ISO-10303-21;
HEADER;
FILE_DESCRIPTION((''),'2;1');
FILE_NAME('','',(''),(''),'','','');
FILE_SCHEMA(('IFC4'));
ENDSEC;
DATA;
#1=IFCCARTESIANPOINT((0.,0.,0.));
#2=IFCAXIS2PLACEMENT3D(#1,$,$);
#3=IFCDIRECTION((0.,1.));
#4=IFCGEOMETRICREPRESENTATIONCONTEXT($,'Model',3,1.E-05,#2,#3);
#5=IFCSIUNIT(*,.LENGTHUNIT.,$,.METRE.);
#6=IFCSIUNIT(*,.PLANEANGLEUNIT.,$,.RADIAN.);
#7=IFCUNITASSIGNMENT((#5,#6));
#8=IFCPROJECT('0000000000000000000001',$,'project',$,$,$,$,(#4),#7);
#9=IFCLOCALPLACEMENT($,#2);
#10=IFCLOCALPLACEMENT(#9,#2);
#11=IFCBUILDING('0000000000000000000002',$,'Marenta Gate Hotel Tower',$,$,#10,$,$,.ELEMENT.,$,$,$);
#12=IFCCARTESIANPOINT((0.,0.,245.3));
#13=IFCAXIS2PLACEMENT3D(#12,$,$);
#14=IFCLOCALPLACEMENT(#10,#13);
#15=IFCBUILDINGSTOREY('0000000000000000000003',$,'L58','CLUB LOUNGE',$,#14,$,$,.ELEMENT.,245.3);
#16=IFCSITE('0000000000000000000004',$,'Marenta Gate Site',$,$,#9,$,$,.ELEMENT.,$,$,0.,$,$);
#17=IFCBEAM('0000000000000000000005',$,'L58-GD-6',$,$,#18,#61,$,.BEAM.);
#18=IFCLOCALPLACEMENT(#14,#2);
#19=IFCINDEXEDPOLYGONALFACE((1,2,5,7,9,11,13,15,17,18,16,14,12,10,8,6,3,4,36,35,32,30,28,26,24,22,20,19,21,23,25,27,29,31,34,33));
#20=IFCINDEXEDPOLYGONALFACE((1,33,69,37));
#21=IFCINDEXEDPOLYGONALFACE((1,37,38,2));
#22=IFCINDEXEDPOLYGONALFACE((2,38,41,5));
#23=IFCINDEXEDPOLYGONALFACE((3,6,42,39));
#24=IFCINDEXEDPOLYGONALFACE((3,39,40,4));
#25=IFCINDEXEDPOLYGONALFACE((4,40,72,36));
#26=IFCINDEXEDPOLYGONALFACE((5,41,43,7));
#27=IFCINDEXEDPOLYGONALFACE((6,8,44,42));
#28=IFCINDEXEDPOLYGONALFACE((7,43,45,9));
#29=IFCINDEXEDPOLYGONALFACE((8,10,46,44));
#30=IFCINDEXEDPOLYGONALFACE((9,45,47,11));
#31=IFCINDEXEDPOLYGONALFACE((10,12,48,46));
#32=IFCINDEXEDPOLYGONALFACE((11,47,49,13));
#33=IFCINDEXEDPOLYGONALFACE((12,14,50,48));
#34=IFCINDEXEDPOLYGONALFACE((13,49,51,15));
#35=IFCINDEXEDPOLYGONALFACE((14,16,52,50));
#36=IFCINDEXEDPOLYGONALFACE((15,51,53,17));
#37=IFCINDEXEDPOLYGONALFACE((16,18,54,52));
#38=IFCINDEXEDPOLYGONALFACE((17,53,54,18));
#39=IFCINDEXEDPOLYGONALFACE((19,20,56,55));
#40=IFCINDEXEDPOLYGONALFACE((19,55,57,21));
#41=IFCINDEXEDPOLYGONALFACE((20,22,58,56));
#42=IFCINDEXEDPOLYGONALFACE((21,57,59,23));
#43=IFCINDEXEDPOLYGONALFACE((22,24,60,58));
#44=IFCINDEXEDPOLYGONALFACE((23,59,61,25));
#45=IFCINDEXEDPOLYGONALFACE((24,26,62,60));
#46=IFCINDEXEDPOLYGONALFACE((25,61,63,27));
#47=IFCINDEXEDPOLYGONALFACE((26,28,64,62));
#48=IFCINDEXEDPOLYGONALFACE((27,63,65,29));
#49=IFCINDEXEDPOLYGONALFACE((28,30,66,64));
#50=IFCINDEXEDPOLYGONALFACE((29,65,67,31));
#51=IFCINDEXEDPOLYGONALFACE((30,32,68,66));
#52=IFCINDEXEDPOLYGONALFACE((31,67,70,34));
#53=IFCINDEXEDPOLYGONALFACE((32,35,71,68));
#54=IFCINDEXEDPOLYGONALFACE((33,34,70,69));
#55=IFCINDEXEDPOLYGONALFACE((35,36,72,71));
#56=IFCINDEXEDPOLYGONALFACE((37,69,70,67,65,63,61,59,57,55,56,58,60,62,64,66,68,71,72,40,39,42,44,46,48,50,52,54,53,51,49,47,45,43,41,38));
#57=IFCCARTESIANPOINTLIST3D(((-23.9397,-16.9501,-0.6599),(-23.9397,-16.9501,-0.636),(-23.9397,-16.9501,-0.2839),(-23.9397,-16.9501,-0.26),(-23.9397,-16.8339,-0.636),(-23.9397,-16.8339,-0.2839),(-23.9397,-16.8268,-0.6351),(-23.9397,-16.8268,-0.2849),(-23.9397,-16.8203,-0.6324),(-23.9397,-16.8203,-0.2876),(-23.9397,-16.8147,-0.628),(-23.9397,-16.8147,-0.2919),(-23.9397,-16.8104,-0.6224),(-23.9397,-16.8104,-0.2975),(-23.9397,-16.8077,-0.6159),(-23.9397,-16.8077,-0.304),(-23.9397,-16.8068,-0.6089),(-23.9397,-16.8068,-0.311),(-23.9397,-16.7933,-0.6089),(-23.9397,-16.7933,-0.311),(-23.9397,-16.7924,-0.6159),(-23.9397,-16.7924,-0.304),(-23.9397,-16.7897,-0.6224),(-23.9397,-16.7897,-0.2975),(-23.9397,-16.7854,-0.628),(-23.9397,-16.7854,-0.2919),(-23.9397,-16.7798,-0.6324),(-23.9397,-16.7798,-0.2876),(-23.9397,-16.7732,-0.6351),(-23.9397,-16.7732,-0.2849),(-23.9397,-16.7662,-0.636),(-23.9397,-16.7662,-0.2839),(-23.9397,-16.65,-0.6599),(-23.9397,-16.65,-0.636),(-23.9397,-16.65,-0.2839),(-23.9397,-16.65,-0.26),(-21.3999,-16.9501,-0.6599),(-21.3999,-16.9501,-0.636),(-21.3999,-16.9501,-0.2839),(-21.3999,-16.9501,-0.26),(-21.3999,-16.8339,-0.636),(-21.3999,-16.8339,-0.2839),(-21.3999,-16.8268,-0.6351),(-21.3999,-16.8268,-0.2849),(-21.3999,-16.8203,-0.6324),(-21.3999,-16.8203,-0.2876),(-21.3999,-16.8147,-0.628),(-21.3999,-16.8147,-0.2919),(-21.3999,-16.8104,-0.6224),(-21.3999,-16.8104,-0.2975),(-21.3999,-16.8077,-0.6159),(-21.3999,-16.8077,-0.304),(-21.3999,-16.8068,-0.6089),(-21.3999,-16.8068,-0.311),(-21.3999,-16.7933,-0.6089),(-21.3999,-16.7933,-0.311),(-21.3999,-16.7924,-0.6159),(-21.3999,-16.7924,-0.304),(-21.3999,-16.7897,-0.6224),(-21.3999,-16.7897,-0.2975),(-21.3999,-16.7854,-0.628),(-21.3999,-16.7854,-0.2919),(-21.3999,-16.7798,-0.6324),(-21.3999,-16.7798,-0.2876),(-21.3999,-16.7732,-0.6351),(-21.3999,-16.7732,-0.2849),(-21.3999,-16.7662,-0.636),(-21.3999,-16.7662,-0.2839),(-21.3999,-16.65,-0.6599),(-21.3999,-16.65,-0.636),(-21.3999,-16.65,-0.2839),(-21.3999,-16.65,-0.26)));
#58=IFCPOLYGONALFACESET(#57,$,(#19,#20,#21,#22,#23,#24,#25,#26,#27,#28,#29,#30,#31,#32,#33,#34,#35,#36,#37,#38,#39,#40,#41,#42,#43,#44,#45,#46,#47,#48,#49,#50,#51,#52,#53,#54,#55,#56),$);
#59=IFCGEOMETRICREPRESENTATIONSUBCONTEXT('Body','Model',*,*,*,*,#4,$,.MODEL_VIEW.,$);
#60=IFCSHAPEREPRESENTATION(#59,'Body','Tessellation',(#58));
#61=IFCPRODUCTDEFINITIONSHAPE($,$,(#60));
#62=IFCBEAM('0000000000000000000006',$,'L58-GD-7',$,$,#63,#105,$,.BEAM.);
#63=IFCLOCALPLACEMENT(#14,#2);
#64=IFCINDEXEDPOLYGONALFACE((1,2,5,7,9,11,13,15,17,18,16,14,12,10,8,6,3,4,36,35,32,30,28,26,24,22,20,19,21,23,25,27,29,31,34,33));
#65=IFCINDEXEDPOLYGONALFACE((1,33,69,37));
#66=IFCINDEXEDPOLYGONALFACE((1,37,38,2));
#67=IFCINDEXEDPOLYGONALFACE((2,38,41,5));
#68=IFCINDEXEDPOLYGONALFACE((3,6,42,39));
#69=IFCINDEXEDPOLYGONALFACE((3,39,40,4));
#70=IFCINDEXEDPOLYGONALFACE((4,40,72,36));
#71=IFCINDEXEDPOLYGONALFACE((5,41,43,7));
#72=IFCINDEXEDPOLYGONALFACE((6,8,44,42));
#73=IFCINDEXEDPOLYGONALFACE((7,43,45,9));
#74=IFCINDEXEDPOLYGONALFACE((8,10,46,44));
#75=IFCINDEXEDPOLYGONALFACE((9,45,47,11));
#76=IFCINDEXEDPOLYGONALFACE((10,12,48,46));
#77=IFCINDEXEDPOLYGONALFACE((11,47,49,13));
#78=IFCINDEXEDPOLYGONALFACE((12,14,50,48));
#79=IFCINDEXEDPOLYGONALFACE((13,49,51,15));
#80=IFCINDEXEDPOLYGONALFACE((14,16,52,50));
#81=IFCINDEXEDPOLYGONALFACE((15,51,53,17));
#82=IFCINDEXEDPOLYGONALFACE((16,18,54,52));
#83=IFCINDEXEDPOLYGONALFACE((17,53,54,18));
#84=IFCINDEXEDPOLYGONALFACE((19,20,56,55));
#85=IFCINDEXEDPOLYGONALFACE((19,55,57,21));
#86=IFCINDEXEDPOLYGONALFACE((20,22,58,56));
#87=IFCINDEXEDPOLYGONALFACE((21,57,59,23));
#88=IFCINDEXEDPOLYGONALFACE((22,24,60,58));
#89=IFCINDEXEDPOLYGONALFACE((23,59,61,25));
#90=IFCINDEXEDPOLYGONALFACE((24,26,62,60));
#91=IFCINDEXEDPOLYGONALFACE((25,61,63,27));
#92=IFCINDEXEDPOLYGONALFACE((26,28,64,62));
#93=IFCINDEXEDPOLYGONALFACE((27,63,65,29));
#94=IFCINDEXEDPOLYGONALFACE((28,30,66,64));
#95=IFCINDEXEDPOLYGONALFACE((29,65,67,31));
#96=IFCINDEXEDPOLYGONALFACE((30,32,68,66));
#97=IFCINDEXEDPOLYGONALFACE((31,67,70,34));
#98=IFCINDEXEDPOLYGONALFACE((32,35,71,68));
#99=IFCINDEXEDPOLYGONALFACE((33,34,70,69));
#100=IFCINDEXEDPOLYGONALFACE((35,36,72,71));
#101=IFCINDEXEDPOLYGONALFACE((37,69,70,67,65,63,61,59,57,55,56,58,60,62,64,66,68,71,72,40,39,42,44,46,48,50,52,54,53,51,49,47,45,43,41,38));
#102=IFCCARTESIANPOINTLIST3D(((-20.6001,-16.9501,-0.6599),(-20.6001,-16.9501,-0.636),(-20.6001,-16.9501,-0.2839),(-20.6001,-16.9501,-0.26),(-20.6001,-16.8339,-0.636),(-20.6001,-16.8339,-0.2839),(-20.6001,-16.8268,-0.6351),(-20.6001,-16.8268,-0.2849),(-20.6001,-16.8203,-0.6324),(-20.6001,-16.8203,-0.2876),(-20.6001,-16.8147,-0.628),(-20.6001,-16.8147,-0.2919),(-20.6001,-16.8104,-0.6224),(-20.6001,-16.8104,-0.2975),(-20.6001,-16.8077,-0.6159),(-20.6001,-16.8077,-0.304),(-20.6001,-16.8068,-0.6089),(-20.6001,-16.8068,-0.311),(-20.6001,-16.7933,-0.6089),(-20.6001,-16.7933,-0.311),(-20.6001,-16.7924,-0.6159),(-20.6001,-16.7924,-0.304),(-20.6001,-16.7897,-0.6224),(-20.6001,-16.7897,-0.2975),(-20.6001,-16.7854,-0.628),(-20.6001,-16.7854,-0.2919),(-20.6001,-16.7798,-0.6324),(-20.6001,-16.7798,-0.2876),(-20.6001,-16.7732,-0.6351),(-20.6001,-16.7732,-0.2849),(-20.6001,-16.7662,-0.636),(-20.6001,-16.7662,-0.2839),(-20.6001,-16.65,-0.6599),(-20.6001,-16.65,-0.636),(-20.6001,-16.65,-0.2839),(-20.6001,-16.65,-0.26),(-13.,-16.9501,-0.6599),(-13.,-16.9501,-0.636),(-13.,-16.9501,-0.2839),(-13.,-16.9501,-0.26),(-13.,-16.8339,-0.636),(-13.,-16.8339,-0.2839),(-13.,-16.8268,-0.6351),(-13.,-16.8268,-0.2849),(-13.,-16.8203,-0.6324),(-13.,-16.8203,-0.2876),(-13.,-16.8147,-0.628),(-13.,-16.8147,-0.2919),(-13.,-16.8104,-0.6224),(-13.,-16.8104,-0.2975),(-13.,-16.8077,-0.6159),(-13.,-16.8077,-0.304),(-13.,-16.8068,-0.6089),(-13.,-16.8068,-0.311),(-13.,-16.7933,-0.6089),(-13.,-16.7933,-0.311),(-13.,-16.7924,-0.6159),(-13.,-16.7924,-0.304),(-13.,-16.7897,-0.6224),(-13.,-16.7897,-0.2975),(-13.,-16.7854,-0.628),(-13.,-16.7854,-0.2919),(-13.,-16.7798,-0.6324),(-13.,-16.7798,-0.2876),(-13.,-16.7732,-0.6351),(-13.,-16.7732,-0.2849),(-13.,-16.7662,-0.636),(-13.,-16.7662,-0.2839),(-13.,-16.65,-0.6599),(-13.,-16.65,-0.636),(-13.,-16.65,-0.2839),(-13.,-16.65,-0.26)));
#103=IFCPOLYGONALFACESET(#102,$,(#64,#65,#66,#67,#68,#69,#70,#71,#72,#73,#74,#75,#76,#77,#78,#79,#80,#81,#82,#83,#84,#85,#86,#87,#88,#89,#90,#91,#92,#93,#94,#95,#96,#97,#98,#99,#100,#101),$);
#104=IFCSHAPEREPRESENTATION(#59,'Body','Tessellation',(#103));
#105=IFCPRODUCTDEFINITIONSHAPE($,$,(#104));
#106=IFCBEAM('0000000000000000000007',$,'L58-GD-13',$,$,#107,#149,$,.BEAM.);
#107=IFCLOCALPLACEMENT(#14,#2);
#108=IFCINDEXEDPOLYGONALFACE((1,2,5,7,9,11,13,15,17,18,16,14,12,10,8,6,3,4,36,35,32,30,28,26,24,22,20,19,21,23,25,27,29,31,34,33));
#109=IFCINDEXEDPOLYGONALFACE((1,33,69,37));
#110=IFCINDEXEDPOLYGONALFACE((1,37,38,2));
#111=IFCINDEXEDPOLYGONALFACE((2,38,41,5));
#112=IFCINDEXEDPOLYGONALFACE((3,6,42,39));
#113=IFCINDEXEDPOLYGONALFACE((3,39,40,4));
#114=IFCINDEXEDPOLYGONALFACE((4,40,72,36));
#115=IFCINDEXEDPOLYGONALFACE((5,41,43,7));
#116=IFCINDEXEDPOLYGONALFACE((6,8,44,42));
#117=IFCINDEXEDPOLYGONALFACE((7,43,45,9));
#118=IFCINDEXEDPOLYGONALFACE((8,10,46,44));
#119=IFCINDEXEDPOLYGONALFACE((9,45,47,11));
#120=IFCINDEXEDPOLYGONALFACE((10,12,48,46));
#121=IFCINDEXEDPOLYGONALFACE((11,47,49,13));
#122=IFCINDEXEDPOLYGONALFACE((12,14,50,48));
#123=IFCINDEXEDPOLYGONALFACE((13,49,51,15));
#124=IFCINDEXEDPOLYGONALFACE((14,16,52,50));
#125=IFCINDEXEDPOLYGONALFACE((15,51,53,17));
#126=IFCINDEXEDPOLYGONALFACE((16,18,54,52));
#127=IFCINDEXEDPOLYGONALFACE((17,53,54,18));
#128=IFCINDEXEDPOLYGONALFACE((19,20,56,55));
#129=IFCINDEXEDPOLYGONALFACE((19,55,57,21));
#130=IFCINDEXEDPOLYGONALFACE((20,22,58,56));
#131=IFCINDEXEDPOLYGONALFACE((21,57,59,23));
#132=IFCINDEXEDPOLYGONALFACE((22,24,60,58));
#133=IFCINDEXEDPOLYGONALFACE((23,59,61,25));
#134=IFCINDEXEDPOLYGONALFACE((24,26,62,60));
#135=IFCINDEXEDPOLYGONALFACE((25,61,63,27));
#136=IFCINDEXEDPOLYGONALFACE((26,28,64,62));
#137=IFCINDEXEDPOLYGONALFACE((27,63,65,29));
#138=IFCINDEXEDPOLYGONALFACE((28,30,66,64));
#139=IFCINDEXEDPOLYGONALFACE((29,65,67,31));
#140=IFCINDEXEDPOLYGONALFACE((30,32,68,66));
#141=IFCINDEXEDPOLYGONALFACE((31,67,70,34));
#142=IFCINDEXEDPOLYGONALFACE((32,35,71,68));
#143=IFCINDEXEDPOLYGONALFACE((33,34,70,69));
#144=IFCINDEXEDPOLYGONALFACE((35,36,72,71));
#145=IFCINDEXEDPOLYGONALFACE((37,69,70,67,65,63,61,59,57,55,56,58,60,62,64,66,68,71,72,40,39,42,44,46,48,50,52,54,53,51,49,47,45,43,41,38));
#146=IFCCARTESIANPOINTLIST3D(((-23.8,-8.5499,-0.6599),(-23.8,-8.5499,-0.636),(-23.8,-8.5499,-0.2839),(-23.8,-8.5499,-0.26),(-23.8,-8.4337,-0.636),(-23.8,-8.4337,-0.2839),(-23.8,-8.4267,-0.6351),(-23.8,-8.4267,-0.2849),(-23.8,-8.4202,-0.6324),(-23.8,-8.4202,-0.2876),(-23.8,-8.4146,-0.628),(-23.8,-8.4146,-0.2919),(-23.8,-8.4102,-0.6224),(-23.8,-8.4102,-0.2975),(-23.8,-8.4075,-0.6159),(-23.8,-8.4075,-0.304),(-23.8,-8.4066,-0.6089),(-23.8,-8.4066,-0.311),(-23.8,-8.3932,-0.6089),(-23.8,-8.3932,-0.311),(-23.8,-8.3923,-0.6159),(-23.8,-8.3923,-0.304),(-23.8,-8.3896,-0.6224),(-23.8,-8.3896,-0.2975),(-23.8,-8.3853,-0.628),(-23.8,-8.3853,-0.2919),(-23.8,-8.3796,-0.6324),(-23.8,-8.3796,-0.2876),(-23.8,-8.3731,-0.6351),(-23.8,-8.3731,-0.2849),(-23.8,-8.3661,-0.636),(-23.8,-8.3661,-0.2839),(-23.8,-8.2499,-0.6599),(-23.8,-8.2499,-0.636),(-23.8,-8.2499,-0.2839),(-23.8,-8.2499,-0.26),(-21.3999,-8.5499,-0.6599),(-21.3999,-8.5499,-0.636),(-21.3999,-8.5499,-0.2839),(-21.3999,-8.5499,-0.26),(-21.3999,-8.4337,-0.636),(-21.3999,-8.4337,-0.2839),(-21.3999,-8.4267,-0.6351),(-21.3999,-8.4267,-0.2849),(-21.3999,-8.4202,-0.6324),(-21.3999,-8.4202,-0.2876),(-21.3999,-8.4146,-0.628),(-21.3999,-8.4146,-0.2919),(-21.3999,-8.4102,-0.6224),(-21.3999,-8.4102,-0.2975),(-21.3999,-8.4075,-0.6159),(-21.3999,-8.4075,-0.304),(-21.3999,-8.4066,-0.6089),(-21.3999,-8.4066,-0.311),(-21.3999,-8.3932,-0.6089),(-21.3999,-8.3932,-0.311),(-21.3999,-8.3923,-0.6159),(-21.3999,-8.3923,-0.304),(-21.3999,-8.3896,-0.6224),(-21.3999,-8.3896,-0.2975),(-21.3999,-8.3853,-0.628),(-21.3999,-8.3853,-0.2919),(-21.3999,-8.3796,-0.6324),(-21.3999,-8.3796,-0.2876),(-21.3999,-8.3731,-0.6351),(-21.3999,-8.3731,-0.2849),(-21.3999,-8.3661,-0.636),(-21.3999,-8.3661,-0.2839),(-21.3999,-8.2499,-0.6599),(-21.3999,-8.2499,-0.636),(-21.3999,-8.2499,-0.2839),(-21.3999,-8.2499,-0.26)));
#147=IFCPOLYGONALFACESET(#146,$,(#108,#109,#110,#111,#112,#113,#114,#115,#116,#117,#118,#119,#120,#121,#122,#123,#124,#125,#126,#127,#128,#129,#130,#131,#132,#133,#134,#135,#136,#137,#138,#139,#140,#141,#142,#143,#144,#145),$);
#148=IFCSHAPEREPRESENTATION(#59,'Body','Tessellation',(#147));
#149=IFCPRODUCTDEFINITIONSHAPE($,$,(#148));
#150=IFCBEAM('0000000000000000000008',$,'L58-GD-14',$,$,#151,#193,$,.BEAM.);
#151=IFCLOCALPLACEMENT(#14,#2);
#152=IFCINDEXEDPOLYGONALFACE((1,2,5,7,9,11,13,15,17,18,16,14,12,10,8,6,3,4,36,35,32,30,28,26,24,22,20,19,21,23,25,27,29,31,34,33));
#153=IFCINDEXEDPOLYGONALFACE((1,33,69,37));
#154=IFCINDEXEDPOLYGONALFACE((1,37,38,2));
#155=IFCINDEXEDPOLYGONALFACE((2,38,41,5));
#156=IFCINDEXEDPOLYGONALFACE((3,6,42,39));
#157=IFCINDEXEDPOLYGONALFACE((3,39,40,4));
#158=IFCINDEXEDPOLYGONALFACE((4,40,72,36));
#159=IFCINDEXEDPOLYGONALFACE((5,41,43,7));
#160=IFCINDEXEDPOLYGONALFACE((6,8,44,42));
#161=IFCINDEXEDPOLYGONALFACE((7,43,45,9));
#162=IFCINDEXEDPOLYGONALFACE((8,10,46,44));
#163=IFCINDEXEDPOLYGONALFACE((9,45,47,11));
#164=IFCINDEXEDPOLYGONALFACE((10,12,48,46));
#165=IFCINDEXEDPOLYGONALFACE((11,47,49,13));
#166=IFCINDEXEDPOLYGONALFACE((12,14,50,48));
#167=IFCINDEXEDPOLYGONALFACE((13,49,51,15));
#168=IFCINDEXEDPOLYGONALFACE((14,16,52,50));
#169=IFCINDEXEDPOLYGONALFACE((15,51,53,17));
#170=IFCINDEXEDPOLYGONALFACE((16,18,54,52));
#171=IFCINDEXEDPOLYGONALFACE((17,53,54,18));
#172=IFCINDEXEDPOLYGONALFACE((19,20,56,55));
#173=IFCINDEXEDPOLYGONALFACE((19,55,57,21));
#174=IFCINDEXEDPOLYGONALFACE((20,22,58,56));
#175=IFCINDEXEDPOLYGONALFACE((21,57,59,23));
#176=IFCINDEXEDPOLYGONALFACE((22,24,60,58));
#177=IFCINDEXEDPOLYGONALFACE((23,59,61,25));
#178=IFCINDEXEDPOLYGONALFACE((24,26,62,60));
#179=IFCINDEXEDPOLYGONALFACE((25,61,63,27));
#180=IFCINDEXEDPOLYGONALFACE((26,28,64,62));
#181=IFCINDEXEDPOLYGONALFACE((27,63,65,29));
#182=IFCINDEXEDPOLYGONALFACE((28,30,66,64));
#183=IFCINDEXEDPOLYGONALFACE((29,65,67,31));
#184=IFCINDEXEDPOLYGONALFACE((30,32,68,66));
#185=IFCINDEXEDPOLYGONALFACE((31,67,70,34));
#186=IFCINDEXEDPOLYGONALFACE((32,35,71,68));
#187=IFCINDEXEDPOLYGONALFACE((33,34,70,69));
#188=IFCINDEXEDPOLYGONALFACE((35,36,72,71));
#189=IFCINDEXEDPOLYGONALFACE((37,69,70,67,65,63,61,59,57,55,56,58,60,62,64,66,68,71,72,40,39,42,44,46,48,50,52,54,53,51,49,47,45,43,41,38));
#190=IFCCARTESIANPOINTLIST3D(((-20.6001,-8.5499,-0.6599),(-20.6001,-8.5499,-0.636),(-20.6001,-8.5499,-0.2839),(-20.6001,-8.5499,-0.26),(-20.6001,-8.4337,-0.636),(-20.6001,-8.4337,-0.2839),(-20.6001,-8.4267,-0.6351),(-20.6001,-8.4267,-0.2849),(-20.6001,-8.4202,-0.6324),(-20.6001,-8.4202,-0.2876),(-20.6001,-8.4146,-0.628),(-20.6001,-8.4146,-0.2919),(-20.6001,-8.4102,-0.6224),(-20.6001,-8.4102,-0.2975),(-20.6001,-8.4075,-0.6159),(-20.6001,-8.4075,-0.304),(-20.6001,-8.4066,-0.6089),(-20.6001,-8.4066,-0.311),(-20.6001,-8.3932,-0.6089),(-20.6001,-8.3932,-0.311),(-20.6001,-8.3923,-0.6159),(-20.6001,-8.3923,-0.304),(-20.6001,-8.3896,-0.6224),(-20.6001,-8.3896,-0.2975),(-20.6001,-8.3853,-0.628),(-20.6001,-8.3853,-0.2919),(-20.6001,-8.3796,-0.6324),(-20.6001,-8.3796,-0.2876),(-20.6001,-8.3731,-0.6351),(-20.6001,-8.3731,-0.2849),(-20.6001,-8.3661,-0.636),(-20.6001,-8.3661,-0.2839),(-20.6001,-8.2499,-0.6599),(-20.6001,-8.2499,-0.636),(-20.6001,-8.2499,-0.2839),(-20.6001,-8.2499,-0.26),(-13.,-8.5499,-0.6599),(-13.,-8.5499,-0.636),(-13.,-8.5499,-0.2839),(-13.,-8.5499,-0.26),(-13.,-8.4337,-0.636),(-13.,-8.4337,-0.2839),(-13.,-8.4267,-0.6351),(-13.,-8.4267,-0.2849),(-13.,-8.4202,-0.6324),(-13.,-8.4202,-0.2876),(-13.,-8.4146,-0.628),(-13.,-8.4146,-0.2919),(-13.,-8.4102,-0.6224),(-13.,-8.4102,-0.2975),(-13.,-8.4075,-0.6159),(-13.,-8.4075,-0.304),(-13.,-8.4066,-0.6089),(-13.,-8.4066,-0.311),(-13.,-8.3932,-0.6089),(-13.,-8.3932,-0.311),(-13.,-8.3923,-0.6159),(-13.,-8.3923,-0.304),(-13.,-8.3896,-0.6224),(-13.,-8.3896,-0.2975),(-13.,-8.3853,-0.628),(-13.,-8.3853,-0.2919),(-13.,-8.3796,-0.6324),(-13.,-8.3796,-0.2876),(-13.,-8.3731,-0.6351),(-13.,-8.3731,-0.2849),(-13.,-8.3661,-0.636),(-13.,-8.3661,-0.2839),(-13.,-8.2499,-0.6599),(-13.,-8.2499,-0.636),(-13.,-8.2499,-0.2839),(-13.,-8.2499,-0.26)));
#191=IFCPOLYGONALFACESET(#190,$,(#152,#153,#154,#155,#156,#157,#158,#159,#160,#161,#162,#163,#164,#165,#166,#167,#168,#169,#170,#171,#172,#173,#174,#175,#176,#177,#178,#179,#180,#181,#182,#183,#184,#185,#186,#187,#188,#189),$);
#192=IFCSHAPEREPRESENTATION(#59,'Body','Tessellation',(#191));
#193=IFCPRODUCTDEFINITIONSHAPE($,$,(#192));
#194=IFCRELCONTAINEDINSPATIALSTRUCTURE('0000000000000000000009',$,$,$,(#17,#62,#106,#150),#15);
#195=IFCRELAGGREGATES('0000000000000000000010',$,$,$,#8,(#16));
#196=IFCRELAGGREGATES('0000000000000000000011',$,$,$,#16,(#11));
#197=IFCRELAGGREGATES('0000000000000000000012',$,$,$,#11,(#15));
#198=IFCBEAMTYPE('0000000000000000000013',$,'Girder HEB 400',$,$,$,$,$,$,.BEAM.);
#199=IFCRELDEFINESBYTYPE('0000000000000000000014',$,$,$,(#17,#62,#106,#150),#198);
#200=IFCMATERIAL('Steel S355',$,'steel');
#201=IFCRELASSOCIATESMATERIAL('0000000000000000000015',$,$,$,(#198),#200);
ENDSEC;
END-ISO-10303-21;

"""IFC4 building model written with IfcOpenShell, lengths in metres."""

from ifc_helpers import new_model, si_unit, direction, frame, origin, origin_2d, place, context, subcontext, project, spatial, i_section, extrude, material, material_profile, profile_set, type_object, element, save


model = new_model("IFC4")

# Units and contexts
model_context = context("Model", 3, precision=1e-05, world=origin(), true_north=direction((0.0, 1.0)))
body_context = subcontext(model_context, "Body", "Model", "MODEL_VIEW")
ifc_project = project(units=[si_unit("LENGTHUNIT", "METRE"), si_unit("PLANEANGLEUNIT", "RADIAN")], contexts=[model_context])

# Site, building, storey
site_placement = place(None, origin())
site = spatial("IfcSite", under=ifc_project, at=site_placement, Name="Marenta Gate Site", CompositionType="ELEMENT", RefElevation=0.0)
building_placement = place(site_placement, origin())
building = spatial("IfcBuilding", under=site, at=building_placement, Name="Marenta Gate Hotel Tower", CompositionType="ELEMENT")
storey_placement = place(building_placement, frame((0.0, 0.0, 245.3)))
storey = spatial("IfcBuildingStorey", under=building, at=storey_placement, Name="L58", Description="CLUB LOUNGE", CompositionType="ELEMENT", Elevation=245.3)

# Beams
ifc_material_1 = material(Name="Steel S355", Category="steel")
ifc_material_profile_1 = material_profile(ifc_material_1, i_section(OverallWidth=0.3, OverallDepth=0.3999, WebThickness=0.0134, FlangeThickness=0.0239, FilletRadius=0.0271, at=origin_2d()), Name="HEB 400")
ifc_profile_set_1 = profile_set([ifc_material_profile_1], Name="Steel S355")
beam_type_1 = type_object("IfcBeamType", Name="Girder HEB 400", PredefinedType="BEAM", material=ifc_profile_set_1)
beam_1_placement = place(storey_placement, frame((-23.9397, -16.8, -0.46), z_axis=(1.0, 0.0, 0.0), x_axis=(0.0, 1.0, 0.0)))
element("IfcBeam", 1, at=beam_1_placement, inside=storey, type_object=beam_type_1, Name="L58-GD-6", PredefinedType="BEAM", context=body_context, shape_type="SweptSolid", body=[
    extrude(i_section(OverallWidth=0.3, OverallDepth=0.3999, WebThickness=0.0134, FlangeThickness=0.0239, FilletRadius=0.0271, at=origin_2d()), origin(), (0.0, 0.0, 1.0), 2.5398),
])
beam_2_placement = place(storey_placement, frame((-20.6001, -16.8, -0.46), z_axis=(1.0, 0.0, 0.0), x_axis=(0.0, 1.0, 0.0)))
element("IfcBeam", 2, at=beam_2_placement, inside=storey, type_object=beam_type_1, Name="L58-GD-7", PredefinedType="BEAM", context=body_context, shape_type="SweptSolid", body=[
    extrude(i_section(OverallWidth=0.3, OverallDepth=0.3999, WebThickness=0.0134, FlangeThickness=0.0239, FilletRadius=0.0271, at=origin_2d()), origin(), (0.0, 0.0, 1.0), 7.6001),
])
beam_3_placement = place(storey_placement, frame((-23.8, -8.3999, -0.46), z_axis=(1.0, 0.0, 0.0), x_axis=(0.0, 1.0, 0.0)))
element("IfcBeam", 3, at=beam_3_placement, inside=storey, type_object=beam_type_1, Name="L58-GD-13", PredefinedType="BEAM", context=body_context, shape_type="SweptSolid", body=[
    extrude(i_section(OverallWidth=0.3, OverallDepth=0.3999, WebThickness=0.0134, FlangeThickness=0.0239, FilletRadius=0.0271, at=origin_2d()), origin(), (0.0, 0.0, 1.0), 2.4001),
])
beam_4_placement = place(storey_placement, frame((-20.6001, -8.3999, -0.46), z_axis=(1.0, 0.0, 0.0), x_axis=(0.0, 1.0, 0.0)))
element("IfcBeam", 4, at=beam_4_placement, inside=storey, type_object=beam_type_1, Name="L58-GD-14", PredefinedType="BEAM", context=body_context, shape_type="SweptSolid", body=[
    extrude(i_section(OverallWidth=0.3, OverallDepth=0.3999, WebThickness=0.0134, FlangeThickness=0.0239, FilletRadius=0.0271, at=origin_2d()), origin(), (0.0, 0.0, 1.0), 7.6001),
])

save(model, "model.ifc")
